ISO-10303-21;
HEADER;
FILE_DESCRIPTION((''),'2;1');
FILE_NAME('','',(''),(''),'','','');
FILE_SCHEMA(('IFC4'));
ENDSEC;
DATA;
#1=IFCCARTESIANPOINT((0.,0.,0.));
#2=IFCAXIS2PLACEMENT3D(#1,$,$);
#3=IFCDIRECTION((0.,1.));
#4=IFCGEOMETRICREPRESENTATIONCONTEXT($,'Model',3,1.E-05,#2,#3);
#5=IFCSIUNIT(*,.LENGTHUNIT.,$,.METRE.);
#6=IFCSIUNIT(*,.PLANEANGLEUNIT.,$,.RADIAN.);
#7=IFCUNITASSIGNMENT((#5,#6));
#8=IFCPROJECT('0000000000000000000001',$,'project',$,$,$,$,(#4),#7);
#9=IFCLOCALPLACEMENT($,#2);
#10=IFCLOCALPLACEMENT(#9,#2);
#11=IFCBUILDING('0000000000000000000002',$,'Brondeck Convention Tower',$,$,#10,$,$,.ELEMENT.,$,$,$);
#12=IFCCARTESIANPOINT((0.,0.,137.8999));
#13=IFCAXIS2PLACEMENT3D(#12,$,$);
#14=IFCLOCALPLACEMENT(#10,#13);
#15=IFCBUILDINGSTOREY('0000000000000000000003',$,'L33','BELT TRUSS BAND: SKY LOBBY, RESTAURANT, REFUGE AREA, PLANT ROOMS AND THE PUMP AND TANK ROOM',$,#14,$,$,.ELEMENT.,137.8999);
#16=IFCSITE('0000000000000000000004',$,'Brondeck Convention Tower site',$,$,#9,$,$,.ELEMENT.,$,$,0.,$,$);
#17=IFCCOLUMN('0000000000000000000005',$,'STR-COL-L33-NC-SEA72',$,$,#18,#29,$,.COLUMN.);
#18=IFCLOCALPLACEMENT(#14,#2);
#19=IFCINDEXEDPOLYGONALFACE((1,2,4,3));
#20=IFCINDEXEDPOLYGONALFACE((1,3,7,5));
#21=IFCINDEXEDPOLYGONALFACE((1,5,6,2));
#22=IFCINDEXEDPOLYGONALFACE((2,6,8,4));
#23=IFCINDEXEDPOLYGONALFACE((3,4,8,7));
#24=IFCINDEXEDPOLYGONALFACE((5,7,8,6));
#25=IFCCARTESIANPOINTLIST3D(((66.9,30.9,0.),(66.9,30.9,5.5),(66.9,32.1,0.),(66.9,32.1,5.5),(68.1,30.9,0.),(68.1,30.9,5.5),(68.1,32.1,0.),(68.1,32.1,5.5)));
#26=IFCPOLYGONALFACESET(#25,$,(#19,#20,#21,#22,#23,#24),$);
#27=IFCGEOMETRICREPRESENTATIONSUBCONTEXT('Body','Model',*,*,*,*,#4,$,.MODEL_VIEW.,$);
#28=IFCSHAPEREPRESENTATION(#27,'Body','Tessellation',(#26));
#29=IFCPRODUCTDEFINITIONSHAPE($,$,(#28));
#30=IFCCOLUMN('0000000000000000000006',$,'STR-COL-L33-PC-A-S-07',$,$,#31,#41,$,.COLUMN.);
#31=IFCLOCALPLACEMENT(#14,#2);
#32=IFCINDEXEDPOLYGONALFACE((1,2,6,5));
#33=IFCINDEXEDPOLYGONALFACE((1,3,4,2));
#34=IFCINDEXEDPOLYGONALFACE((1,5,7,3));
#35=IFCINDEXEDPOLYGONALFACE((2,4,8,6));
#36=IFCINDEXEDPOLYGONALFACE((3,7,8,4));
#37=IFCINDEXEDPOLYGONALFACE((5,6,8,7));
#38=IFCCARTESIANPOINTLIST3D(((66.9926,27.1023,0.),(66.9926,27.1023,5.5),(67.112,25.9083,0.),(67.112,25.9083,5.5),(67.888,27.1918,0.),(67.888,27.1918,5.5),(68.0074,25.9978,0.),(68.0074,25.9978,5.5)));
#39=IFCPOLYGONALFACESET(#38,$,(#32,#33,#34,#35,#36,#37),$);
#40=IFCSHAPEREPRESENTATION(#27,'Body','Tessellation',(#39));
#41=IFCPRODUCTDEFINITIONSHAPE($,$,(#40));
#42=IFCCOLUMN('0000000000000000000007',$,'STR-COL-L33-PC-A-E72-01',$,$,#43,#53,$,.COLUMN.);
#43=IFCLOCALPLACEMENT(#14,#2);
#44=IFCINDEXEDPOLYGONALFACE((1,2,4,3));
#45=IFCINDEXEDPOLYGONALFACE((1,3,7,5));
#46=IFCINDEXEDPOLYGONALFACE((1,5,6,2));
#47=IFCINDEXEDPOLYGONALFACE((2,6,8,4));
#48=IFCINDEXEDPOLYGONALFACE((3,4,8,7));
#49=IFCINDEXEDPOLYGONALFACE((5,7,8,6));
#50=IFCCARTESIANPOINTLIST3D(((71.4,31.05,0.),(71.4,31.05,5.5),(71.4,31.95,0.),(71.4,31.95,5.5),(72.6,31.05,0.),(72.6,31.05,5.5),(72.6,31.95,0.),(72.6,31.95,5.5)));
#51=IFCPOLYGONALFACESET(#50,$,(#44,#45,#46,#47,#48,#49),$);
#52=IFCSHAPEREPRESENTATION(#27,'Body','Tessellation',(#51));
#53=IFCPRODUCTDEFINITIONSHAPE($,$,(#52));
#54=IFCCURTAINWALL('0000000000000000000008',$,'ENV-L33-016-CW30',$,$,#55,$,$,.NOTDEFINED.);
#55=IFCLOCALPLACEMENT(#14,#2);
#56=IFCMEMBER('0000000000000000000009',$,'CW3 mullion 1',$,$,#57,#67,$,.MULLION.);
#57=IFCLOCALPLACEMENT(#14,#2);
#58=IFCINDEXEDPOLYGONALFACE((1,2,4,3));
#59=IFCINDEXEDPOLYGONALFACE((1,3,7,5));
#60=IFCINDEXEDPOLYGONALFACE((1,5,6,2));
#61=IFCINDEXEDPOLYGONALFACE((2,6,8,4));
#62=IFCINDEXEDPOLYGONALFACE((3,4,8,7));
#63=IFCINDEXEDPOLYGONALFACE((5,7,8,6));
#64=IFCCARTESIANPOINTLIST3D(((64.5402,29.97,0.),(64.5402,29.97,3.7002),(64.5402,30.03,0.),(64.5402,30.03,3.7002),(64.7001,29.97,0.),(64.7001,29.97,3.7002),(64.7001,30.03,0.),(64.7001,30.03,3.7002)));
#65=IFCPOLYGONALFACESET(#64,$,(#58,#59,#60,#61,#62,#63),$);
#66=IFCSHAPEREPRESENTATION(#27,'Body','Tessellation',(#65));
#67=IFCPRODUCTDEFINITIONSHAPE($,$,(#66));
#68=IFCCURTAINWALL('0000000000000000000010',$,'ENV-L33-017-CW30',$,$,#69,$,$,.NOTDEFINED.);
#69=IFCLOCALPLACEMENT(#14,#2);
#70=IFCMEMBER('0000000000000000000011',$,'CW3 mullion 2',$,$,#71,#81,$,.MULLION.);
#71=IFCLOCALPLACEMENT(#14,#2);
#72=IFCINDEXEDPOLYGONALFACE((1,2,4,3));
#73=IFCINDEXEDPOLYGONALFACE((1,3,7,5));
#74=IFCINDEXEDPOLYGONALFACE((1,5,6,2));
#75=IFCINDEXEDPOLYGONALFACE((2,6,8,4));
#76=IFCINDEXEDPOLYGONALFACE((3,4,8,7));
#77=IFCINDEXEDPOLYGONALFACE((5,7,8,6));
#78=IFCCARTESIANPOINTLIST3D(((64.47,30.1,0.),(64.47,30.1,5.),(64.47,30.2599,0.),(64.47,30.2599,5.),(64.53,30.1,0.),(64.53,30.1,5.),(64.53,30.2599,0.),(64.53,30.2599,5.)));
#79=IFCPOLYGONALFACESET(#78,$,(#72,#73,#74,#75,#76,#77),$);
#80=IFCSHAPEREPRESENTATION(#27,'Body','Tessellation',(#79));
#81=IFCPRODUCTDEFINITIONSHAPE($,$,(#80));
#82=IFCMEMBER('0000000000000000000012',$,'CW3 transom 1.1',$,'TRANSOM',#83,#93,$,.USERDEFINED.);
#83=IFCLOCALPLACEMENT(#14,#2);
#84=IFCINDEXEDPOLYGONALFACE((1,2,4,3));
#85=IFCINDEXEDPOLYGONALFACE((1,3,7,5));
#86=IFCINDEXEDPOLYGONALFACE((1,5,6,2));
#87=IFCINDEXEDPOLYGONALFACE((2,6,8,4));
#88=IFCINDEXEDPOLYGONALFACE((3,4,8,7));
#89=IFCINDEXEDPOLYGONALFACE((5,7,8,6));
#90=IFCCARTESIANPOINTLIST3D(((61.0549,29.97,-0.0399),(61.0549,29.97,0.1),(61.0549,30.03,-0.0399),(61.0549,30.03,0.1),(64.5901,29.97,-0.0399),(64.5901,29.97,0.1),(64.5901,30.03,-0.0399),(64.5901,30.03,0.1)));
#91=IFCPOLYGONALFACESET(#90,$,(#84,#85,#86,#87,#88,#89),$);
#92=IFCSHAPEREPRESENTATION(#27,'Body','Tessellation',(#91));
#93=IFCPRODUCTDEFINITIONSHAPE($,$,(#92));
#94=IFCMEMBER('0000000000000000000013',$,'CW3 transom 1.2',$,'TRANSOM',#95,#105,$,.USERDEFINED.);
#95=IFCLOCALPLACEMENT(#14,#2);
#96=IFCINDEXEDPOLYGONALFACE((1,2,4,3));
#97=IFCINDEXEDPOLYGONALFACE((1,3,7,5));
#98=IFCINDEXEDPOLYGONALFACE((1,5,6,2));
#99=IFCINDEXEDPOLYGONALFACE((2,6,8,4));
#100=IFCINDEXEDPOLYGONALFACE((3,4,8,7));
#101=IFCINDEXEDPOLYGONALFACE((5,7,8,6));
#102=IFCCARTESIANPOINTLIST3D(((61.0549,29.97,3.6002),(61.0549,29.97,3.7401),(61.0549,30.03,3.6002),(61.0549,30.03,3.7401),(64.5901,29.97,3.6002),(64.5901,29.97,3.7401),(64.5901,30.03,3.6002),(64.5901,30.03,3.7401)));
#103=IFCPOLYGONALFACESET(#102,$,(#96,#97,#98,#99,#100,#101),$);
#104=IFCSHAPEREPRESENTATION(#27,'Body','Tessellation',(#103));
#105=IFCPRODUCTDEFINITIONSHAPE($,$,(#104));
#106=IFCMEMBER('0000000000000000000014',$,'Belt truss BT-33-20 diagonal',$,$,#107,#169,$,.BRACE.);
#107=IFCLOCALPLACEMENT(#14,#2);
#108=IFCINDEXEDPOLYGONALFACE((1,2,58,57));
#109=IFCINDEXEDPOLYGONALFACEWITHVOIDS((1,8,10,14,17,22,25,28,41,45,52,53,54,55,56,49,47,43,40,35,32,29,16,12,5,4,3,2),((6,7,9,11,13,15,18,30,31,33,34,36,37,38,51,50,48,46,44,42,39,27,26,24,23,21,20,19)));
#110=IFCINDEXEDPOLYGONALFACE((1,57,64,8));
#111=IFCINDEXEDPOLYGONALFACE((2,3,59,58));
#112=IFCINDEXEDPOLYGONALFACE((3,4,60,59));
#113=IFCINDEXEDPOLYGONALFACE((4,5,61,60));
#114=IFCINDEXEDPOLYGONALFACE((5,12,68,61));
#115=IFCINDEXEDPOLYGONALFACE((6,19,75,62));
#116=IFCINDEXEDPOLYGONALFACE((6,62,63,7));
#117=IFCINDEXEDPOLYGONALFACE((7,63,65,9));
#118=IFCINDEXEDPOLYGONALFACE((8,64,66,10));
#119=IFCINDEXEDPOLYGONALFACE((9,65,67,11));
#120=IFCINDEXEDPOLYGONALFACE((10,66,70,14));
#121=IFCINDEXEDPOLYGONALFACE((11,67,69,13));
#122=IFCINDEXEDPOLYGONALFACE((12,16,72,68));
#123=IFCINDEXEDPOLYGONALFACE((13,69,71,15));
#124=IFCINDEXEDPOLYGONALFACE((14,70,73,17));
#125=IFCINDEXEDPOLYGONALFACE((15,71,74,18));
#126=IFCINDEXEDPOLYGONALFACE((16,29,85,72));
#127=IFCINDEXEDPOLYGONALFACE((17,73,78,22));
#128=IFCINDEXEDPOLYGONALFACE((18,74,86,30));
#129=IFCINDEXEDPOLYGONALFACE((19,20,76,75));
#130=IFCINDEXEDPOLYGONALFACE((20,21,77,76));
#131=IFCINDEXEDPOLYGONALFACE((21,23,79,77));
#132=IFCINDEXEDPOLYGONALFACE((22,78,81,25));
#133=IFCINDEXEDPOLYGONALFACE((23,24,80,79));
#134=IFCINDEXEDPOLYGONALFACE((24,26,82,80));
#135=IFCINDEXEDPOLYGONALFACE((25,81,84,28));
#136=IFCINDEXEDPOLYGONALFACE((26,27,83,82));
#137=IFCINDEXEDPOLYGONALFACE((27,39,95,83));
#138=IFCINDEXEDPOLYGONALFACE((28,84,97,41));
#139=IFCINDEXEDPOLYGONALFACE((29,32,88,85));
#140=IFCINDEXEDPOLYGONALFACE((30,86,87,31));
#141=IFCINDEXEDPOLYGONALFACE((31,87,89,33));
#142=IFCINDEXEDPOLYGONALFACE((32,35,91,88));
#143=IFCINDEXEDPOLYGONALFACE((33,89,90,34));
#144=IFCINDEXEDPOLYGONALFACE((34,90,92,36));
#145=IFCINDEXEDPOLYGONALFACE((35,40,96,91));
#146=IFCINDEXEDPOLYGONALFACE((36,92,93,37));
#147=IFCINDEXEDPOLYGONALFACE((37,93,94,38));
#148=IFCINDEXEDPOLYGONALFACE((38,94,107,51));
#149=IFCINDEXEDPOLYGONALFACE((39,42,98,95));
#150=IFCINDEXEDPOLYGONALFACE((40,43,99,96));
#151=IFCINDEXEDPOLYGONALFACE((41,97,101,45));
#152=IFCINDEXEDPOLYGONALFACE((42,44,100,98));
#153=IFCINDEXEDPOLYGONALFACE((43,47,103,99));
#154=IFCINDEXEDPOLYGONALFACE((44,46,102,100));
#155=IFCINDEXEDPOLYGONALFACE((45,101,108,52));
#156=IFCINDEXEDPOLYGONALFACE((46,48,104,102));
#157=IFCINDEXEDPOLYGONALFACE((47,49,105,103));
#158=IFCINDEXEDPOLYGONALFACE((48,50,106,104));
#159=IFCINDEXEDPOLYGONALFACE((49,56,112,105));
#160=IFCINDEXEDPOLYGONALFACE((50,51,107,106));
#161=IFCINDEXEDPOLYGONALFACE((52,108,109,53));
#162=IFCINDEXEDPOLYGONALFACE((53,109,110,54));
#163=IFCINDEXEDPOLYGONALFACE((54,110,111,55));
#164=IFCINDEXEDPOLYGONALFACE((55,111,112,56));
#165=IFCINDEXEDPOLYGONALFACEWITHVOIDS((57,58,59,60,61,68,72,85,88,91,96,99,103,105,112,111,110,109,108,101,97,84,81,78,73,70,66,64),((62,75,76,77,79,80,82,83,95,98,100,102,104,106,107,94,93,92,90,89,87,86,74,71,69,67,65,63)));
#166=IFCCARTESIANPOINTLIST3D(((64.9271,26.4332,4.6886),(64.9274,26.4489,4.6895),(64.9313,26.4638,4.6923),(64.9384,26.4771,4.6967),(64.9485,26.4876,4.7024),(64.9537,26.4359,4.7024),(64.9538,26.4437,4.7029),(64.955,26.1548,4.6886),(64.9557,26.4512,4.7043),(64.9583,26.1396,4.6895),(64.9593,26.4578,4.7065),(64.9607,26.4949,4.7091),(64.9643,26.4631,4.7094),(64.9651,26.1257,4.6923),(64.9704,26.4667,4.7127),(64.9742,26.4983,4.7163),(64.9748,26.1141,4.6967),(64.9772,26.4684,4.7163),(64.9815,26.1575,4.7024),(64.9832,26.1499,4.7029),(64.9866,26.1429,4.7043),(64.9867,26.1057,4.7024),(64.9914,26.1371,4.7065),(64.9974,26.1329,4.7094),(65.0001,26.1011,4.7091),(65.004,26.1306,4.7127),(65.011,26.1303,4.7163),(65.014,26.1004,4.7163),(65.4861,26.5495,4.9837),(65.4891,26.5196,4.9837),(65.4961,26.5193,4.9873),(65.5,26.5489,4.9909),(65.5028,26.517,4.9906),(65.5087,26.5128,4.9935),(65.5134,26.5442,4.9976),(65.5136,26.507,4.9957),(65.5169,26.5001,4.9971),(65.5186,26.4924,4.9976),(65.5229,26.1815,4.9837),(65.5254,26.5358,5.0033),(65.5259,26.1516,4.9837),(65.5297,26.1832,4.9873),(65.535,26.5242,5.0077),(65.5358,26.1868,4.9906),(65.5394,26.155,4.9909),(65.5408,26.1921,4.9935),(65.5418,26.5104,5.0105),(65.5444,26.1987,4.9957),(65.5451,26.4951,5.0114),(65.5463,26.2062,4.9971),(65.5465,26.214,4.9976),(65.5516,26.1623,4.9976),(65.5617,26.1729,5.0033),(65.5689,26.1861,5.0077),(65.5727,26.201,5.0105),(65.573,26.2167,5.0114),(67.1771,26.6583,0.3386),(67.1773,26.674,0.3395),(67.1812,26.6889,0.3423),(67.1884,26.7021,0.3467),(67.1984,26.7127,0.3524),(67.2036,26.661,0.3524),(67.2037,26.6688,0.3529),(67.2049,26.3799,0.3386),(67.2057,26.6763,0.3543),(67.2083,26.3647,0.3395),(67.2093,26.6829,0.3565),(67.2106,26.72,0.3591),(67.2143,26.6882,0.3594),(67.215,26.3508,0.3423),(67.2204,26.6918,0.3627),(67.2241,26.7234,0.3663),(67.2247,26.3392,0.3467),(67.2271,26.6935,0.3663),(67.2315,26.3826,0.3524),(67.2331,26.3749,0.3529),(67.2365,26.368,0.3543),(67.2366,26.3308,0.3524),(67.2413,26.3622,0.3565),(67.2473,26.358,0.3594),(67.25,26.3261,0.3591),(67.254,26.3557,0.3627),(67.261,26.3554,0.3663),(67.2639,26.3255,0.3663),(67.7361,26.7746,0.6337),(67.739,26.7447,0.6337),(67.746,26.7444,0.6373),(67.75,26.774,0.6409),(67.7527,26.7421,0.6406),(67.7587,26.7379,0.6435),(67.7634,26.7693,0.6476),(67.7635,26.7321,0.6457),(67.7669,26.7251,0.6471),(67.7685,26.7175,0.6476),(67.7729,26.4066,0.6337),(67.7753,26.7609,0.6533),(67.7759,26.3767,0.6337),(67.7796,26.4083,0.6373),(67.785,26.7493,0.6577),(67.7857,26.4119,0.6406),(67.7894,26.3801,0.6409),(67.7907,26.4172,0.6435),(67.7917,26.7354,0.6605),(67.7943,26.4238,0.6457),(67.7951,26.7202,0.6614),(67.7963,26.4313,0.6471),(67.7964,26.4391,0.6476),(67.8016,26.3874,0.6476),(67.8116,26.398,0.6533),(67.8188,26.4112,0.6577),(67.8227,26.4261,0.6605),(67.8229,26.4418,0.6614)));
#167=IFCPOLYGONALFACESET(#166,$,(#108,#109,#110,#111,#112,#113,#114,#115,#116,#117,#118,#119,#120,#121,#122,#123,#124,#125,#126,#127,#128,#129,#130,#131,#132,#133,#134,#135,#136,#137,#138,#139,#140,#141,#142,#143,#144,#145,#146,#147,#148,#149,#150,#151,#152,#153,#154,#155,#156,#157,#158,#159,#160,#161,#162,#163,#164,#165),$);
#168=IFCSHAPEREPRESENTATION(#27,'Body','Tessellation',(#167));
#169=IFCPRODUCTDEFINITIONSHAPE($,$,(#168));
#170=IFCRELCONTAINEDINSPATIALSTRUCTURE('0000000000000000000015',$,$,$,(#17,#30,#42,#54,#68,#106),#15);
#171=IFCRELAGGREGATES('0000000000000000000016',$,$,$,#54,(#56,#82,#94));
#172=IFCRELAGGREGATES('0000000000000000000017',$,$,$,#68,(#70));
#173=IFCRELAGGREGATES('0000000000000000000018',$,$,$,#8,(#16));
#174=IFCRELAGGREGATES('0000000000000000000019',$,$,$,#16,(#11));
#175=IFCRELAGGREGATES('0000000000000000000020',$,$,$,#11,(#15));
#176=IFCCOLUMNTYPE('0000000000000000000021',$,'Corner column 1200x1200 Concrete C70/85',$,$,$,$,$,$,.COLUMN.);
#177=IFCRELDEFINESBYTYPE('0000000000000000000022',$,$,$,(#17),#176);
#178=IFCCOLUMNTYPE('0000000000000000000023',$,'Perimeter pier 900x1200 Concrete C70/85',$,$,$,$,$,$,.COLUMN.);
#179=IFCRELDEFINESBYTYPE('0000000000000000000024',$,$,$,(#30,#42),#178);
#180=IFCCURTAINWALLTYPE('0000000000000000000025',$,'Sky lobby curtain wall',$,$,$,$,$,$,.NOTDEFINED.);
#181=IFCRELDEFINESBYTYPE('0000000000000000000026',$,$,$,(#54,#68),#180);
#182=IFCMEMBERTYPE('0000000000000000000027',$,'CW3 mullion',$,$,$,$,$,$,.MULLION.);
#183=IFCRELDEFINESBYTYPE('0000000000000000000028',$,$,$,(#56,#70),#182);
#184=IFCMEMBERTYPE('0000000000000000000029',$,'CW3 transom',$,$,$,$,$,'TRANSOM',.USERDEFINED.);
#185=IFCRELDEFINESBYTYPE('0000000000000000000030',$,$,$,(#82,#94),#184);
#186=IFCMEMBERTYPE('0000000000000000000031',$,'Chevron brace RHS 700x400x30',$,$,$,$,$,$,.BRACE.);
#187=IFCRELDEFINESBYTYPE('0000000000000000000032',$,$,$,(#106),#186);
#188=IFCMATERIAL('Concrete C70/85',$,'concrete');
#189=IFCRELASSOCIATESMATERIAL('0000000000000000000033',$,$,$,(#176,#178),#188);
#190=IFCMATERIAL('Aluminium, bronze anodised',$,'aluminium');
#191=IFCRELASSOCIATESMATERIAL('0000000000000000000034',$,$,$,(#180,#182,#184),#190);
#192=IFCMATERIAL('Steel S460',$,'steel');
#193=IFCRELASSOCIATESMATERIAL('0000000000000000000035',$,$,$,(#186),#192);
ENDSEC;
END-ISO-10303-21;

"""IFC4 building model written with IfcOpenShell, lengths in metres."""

from ifc_helpers import new_model, si_unit, direction, frame, origin, origin_2d, place, context, subcontext, project, spatial, rectangle, hollow_rectangle, extrude, material, material_profile, profile_set, type_object, element, aggregate, save


model = new_model("IFC4")

# Units and contexts
model_context = context("Model", 3, precision=1e-05, world=origin(), true_north=direction((0.0, 1.0)))
body_context = subcontext(model_context, "Body", "Model", "MODEL_VIEW")
ifc_project = project(units=[si_unit("LENGTHUNIT", "METRE"), si_unit("PLANEANGLEUNIT", "RADIAN")], contexts=[model_context])

# Site, building, storey
site_placement = place(None, origin())
site = spatial("IfcSite", under=ifc_project, at=site_placement, Name="Brondeck Convention Tower site", CompositionType="ELEMENT", RefElevation=0.0)
building_placement = place(site_placement, origin())
building = spatial("IfcBuilding", under=site, at=building_placement, Name="Brondeck Convention Tower", CompositionType="ELEMENT")
storey_placement = place(building_placement, frame((0.0, 0.0, 137.8999)))
storey = spatial("IfcBuildingStorey", under=building, at=storey_placement, Name="L33", Description="BELT TRUSS BAND: SKY LOBBY, RESTAURANT, REFUGE AREA, PLANT ROOMS AND THE PUMP AND TANK ROOM", CompositionType="ELEMENT", Elevation=137.8999)

# Columns
ifc_material_1 = material(Name="Concrete C70/85", Category="concrete")
ifc_material_profile_1 = material_profile(ifc_material_1, rectangle(XDim=1.2, YDim=1.2, at=origin_2d()), Name="Corner column 1200x1200 Concrete C70/85")
ifc_profile_set_1 = profile_set([ifc_material_profile_1], Name="Concrete C70/85")
column_type_1 = type_object("IfcColumnType", Name="Corner column 1200x1200 Concrete C70/85", PredefinedType="COLUMN", material=ifc_profile_set_1)
column_placement = place(storey_placement, frame((67.5, 31.5, 0.0), z_axis=(0.0, 0.0, 1.0), x_axis=(1.0, 0.0, 0.0)))
element("IfcColumn", 1, at=column_placement, inside=storey, type_object=column_type_1, Name="STR-COL-L33-NC-SEA72", PredefinedType="COLUMN", context=body_context, shape_type="SweptSolid", body=[
    extrude(rectangle(XDim=1.2, YDim=1.2, at=origin_2d()), origin(), (0.0, 0.0, 1.0), 5.5),
])
ifc_material_profile_2 = material_profile(ifc_material_1, rectangle(XDim=0.8999, YDim=1.2, at=origin_2d()), Name="Perimeter pier 900x1200 Concrete C70/85")
ifc_profile_set_2 = profile_set([ifc_material_profile_2], Name="Concrete C70/85")
column_type_2 = type_object("IfcColumnType", Name="Perimeter pier 900x1200 Concrete C70/85", PredefinedType="COLUMN", material=ifc_profile_set_2)
for number, where, z_axis, x_axis, name in (
    (2, (67.5, 26.55, 0.0), (0.0, 0.0, 1.0), (0.995037, 0.099504, 0.0), "STR-COL-L33-PC-A-S-07"),
    (3, (72.0, 31.5, 0.0), (0.0, 0.0, 1.0), (0.0, 1.0, 0.0), "STR-COL-L33-PC-A-E72-01"),
):
    element("IfcColumn", number, at=place(storey_placement, frame(where, z_axis=z_axis, x_axis=x_axis)), inside=storey, type_object=column_type_2, Name=name, PredefinedType="COLUMN", context=body_context, shape_type="SweptSolid", body=[
        extrude(rectangle(XDim=0.8999, YDim=1.2, at=origin_2d()), origin(), (0.0, 0.0, 1.0), 5.5),
    ])

# Curtain walls, members
ifc_material_2 = material(Name="Aluminium, bronze anodised", Category="aluminium")
curtain_wall_type = type_object("IfcCurtainWallType", Name="Sky lobby curtain wall", PredefinedType="NOTDEFINED", material=ifc_material_2)
curtain_wall_1_placement = place(storey_placement, origin())
curtain_wall_1 = element("IfcCurtainWall", 4, at=curtain_wall_1_placement, inside=storey, type_object=curtain_wall_type, Name="ENV-L33-016-CW30", PredefinedType="NOTDEFINED")
ifc_material_profile_3 = material_profile(ifc_material_2, rectangle(XDim=0.0601, YDim=0.1599, at=origin_2d()), Name="CW3 mullion")
ifc_profile_set_3 = profile_set([ifc_material_profile_3], Name="Aluminium, bronze anodised")
member_type_1 = type_object("IfcMemberType", Name="CW3 mullion", PredefinedType="MULLION", material=ifc_profile_set_3)
member_1_placement = place(storey_placement, frame((64.6201, 30.0, 0.0), z_axis=(0.0, 0.0, 1.0), x_axis=(0.0, -1.0, 0.0)))
member_1 = element("IfcMember", 5, at=member_1_placement, type_object=member_type_1, Name="CW3 mullion 1", PredefinedType="MULLION", context=body_context, shape_type="SweptSolid", body=[
    extrude(rectangle(XDim=0.0601, YDim=0.1599, at=origin_2d()), origin(), (0.0, 0.0, 1.0), 3.7002),
])
curtain_wall_2_placement = place(storey_placement, origin())
curtain_wall_2 = element("IfcCurtainWall", 6, at=curtain_wall_2_placement, inside=storey, type_object=curtain_wall_type, Name="ENV-L33-017-CW30", PredefinedType="NOTDEFINED")
member_2_placement = place(storey_placement, frame((64.5, 30.1799, 0.0), z_axis=(0.0, 0.0, 1.0), x_axis=(1.0, 0.0, 0.0)))
member_2 = element("IfcMember", 7, at=member_2_placement, type_object=member_type_1, Name="CW3 mullion 2", PredefinedType="MULLION", context=body_context, shape_type="SweptSolid", body=[
    extrude(rectangle(XDim=0.0601, YDim=0.1599, at=origin_2d()), origin(), (0.0, 0.0, 1.0), 5.0),
])

# Members
ifc_material_profile_4 = material_profile(ifc_material_2, rectangle(XDim=0.0601, YDim=0.1399, at=origin_2d()), Name="CW3 transom")
ifc_profile_set_4 = profile_set([ifc_material_profile_4], Name="Aluminium, bronze anodised")
member_type_2 = type_object("IfcMemberType", Name="CW3 transom", ElementType="TRANSOM", PredefinedType="USERDEFINED", material=ifc_profile_set_4)
member_3_placement = place(storey_placement, frame((64.5901, 30.0, 0.03), z_axis=(-1.0, 0.0, 0.0), x_axis=(0.0, -1.0, 0.0)))
member_3 = element("IfcMember", 8, at=member_3_placement, type_object=member_type_2, Name="CW3 transom 1.1", ObjectType="TRANSOM", PredefinedType="USERDEFINED", context=body_context, shape_type="SweptSolid", body=[
    extrude(rectangle(XDim=0.0601, YDim=0.1399, at=origin_2d()), origin(), (0.0, 0.0, 1.0), 3.5352),
])
member_4_placement = place(storey_placement, frame((64.5901, 30.0, 3.6702), z_axis=(-1.0, 0.0, 0.0), x_axis=(0.0, -1.0, 0.0)))
member_4 = element("IfcMember", 9, at=member_4_placement, type_object=member_type_2, Name="CW3 transom 1.2", ObjectType="TRANSOM", PredefinedType="USERDEFINED", context=body_context, shape_type="SweptSolid", body=[
    extrude(rectangle(XDim=0.0601, YDim=0.1399, at=origin_2d()), origin(), (0.0, 0.0, 1.0), 3.5352),
])
aggregate(curtain_wall_1, [member_1, member_3, member_4])

# Member
ifc_material_3 = material(Name="Steel S460", Category="steel")
ifc_material_profile_5 = material_profile(ifc_material_3, hollow_rectangle(XDim=0.3999, YDim=0.7, WallThickness=0.03, InnerFilletRadius=0.03, OuterFilletRadius=0.0601, at=origin_2d()), Name="RHS 700x400x30")
ifc_profile_set_5 = profile_set([ifc_material_profile_5], Name="Steel S460")
member_type_3 = type_object("IfcMemberType", Name="Chevron brace RHS 700x400x30", PredefinedType="BRACE", material=ifc_profile_set_5)
member_5_placement = place(storey_placement, frame((67.5, 26.55, 0.5), z_axis=(-0.45893, -0.045913, 0.887285), x_axis=(0.099546, -0.995033, 0.0)))
element("IfcMember", 10, at=member_5_placement, inside=storey, type_object=member_type_3, Name="Belt truss BT-33-20 diagonal", PredefinedType="BRACE", context=body_context, shape_type="SweptSolid", body=[
    extrude(hollow_rectangle(XDim=0.3999, YDim=0.7, WallThickness=0.03, InnerFilletRadius=0.03, OuterFilletRadius=0.0601, at=origin_2d()), origin(), (0.0, 0.0, 1.0), 4.9026),
])

aggregate(curtain_wall_2, [member_2])

save(model, "model.ifc")
